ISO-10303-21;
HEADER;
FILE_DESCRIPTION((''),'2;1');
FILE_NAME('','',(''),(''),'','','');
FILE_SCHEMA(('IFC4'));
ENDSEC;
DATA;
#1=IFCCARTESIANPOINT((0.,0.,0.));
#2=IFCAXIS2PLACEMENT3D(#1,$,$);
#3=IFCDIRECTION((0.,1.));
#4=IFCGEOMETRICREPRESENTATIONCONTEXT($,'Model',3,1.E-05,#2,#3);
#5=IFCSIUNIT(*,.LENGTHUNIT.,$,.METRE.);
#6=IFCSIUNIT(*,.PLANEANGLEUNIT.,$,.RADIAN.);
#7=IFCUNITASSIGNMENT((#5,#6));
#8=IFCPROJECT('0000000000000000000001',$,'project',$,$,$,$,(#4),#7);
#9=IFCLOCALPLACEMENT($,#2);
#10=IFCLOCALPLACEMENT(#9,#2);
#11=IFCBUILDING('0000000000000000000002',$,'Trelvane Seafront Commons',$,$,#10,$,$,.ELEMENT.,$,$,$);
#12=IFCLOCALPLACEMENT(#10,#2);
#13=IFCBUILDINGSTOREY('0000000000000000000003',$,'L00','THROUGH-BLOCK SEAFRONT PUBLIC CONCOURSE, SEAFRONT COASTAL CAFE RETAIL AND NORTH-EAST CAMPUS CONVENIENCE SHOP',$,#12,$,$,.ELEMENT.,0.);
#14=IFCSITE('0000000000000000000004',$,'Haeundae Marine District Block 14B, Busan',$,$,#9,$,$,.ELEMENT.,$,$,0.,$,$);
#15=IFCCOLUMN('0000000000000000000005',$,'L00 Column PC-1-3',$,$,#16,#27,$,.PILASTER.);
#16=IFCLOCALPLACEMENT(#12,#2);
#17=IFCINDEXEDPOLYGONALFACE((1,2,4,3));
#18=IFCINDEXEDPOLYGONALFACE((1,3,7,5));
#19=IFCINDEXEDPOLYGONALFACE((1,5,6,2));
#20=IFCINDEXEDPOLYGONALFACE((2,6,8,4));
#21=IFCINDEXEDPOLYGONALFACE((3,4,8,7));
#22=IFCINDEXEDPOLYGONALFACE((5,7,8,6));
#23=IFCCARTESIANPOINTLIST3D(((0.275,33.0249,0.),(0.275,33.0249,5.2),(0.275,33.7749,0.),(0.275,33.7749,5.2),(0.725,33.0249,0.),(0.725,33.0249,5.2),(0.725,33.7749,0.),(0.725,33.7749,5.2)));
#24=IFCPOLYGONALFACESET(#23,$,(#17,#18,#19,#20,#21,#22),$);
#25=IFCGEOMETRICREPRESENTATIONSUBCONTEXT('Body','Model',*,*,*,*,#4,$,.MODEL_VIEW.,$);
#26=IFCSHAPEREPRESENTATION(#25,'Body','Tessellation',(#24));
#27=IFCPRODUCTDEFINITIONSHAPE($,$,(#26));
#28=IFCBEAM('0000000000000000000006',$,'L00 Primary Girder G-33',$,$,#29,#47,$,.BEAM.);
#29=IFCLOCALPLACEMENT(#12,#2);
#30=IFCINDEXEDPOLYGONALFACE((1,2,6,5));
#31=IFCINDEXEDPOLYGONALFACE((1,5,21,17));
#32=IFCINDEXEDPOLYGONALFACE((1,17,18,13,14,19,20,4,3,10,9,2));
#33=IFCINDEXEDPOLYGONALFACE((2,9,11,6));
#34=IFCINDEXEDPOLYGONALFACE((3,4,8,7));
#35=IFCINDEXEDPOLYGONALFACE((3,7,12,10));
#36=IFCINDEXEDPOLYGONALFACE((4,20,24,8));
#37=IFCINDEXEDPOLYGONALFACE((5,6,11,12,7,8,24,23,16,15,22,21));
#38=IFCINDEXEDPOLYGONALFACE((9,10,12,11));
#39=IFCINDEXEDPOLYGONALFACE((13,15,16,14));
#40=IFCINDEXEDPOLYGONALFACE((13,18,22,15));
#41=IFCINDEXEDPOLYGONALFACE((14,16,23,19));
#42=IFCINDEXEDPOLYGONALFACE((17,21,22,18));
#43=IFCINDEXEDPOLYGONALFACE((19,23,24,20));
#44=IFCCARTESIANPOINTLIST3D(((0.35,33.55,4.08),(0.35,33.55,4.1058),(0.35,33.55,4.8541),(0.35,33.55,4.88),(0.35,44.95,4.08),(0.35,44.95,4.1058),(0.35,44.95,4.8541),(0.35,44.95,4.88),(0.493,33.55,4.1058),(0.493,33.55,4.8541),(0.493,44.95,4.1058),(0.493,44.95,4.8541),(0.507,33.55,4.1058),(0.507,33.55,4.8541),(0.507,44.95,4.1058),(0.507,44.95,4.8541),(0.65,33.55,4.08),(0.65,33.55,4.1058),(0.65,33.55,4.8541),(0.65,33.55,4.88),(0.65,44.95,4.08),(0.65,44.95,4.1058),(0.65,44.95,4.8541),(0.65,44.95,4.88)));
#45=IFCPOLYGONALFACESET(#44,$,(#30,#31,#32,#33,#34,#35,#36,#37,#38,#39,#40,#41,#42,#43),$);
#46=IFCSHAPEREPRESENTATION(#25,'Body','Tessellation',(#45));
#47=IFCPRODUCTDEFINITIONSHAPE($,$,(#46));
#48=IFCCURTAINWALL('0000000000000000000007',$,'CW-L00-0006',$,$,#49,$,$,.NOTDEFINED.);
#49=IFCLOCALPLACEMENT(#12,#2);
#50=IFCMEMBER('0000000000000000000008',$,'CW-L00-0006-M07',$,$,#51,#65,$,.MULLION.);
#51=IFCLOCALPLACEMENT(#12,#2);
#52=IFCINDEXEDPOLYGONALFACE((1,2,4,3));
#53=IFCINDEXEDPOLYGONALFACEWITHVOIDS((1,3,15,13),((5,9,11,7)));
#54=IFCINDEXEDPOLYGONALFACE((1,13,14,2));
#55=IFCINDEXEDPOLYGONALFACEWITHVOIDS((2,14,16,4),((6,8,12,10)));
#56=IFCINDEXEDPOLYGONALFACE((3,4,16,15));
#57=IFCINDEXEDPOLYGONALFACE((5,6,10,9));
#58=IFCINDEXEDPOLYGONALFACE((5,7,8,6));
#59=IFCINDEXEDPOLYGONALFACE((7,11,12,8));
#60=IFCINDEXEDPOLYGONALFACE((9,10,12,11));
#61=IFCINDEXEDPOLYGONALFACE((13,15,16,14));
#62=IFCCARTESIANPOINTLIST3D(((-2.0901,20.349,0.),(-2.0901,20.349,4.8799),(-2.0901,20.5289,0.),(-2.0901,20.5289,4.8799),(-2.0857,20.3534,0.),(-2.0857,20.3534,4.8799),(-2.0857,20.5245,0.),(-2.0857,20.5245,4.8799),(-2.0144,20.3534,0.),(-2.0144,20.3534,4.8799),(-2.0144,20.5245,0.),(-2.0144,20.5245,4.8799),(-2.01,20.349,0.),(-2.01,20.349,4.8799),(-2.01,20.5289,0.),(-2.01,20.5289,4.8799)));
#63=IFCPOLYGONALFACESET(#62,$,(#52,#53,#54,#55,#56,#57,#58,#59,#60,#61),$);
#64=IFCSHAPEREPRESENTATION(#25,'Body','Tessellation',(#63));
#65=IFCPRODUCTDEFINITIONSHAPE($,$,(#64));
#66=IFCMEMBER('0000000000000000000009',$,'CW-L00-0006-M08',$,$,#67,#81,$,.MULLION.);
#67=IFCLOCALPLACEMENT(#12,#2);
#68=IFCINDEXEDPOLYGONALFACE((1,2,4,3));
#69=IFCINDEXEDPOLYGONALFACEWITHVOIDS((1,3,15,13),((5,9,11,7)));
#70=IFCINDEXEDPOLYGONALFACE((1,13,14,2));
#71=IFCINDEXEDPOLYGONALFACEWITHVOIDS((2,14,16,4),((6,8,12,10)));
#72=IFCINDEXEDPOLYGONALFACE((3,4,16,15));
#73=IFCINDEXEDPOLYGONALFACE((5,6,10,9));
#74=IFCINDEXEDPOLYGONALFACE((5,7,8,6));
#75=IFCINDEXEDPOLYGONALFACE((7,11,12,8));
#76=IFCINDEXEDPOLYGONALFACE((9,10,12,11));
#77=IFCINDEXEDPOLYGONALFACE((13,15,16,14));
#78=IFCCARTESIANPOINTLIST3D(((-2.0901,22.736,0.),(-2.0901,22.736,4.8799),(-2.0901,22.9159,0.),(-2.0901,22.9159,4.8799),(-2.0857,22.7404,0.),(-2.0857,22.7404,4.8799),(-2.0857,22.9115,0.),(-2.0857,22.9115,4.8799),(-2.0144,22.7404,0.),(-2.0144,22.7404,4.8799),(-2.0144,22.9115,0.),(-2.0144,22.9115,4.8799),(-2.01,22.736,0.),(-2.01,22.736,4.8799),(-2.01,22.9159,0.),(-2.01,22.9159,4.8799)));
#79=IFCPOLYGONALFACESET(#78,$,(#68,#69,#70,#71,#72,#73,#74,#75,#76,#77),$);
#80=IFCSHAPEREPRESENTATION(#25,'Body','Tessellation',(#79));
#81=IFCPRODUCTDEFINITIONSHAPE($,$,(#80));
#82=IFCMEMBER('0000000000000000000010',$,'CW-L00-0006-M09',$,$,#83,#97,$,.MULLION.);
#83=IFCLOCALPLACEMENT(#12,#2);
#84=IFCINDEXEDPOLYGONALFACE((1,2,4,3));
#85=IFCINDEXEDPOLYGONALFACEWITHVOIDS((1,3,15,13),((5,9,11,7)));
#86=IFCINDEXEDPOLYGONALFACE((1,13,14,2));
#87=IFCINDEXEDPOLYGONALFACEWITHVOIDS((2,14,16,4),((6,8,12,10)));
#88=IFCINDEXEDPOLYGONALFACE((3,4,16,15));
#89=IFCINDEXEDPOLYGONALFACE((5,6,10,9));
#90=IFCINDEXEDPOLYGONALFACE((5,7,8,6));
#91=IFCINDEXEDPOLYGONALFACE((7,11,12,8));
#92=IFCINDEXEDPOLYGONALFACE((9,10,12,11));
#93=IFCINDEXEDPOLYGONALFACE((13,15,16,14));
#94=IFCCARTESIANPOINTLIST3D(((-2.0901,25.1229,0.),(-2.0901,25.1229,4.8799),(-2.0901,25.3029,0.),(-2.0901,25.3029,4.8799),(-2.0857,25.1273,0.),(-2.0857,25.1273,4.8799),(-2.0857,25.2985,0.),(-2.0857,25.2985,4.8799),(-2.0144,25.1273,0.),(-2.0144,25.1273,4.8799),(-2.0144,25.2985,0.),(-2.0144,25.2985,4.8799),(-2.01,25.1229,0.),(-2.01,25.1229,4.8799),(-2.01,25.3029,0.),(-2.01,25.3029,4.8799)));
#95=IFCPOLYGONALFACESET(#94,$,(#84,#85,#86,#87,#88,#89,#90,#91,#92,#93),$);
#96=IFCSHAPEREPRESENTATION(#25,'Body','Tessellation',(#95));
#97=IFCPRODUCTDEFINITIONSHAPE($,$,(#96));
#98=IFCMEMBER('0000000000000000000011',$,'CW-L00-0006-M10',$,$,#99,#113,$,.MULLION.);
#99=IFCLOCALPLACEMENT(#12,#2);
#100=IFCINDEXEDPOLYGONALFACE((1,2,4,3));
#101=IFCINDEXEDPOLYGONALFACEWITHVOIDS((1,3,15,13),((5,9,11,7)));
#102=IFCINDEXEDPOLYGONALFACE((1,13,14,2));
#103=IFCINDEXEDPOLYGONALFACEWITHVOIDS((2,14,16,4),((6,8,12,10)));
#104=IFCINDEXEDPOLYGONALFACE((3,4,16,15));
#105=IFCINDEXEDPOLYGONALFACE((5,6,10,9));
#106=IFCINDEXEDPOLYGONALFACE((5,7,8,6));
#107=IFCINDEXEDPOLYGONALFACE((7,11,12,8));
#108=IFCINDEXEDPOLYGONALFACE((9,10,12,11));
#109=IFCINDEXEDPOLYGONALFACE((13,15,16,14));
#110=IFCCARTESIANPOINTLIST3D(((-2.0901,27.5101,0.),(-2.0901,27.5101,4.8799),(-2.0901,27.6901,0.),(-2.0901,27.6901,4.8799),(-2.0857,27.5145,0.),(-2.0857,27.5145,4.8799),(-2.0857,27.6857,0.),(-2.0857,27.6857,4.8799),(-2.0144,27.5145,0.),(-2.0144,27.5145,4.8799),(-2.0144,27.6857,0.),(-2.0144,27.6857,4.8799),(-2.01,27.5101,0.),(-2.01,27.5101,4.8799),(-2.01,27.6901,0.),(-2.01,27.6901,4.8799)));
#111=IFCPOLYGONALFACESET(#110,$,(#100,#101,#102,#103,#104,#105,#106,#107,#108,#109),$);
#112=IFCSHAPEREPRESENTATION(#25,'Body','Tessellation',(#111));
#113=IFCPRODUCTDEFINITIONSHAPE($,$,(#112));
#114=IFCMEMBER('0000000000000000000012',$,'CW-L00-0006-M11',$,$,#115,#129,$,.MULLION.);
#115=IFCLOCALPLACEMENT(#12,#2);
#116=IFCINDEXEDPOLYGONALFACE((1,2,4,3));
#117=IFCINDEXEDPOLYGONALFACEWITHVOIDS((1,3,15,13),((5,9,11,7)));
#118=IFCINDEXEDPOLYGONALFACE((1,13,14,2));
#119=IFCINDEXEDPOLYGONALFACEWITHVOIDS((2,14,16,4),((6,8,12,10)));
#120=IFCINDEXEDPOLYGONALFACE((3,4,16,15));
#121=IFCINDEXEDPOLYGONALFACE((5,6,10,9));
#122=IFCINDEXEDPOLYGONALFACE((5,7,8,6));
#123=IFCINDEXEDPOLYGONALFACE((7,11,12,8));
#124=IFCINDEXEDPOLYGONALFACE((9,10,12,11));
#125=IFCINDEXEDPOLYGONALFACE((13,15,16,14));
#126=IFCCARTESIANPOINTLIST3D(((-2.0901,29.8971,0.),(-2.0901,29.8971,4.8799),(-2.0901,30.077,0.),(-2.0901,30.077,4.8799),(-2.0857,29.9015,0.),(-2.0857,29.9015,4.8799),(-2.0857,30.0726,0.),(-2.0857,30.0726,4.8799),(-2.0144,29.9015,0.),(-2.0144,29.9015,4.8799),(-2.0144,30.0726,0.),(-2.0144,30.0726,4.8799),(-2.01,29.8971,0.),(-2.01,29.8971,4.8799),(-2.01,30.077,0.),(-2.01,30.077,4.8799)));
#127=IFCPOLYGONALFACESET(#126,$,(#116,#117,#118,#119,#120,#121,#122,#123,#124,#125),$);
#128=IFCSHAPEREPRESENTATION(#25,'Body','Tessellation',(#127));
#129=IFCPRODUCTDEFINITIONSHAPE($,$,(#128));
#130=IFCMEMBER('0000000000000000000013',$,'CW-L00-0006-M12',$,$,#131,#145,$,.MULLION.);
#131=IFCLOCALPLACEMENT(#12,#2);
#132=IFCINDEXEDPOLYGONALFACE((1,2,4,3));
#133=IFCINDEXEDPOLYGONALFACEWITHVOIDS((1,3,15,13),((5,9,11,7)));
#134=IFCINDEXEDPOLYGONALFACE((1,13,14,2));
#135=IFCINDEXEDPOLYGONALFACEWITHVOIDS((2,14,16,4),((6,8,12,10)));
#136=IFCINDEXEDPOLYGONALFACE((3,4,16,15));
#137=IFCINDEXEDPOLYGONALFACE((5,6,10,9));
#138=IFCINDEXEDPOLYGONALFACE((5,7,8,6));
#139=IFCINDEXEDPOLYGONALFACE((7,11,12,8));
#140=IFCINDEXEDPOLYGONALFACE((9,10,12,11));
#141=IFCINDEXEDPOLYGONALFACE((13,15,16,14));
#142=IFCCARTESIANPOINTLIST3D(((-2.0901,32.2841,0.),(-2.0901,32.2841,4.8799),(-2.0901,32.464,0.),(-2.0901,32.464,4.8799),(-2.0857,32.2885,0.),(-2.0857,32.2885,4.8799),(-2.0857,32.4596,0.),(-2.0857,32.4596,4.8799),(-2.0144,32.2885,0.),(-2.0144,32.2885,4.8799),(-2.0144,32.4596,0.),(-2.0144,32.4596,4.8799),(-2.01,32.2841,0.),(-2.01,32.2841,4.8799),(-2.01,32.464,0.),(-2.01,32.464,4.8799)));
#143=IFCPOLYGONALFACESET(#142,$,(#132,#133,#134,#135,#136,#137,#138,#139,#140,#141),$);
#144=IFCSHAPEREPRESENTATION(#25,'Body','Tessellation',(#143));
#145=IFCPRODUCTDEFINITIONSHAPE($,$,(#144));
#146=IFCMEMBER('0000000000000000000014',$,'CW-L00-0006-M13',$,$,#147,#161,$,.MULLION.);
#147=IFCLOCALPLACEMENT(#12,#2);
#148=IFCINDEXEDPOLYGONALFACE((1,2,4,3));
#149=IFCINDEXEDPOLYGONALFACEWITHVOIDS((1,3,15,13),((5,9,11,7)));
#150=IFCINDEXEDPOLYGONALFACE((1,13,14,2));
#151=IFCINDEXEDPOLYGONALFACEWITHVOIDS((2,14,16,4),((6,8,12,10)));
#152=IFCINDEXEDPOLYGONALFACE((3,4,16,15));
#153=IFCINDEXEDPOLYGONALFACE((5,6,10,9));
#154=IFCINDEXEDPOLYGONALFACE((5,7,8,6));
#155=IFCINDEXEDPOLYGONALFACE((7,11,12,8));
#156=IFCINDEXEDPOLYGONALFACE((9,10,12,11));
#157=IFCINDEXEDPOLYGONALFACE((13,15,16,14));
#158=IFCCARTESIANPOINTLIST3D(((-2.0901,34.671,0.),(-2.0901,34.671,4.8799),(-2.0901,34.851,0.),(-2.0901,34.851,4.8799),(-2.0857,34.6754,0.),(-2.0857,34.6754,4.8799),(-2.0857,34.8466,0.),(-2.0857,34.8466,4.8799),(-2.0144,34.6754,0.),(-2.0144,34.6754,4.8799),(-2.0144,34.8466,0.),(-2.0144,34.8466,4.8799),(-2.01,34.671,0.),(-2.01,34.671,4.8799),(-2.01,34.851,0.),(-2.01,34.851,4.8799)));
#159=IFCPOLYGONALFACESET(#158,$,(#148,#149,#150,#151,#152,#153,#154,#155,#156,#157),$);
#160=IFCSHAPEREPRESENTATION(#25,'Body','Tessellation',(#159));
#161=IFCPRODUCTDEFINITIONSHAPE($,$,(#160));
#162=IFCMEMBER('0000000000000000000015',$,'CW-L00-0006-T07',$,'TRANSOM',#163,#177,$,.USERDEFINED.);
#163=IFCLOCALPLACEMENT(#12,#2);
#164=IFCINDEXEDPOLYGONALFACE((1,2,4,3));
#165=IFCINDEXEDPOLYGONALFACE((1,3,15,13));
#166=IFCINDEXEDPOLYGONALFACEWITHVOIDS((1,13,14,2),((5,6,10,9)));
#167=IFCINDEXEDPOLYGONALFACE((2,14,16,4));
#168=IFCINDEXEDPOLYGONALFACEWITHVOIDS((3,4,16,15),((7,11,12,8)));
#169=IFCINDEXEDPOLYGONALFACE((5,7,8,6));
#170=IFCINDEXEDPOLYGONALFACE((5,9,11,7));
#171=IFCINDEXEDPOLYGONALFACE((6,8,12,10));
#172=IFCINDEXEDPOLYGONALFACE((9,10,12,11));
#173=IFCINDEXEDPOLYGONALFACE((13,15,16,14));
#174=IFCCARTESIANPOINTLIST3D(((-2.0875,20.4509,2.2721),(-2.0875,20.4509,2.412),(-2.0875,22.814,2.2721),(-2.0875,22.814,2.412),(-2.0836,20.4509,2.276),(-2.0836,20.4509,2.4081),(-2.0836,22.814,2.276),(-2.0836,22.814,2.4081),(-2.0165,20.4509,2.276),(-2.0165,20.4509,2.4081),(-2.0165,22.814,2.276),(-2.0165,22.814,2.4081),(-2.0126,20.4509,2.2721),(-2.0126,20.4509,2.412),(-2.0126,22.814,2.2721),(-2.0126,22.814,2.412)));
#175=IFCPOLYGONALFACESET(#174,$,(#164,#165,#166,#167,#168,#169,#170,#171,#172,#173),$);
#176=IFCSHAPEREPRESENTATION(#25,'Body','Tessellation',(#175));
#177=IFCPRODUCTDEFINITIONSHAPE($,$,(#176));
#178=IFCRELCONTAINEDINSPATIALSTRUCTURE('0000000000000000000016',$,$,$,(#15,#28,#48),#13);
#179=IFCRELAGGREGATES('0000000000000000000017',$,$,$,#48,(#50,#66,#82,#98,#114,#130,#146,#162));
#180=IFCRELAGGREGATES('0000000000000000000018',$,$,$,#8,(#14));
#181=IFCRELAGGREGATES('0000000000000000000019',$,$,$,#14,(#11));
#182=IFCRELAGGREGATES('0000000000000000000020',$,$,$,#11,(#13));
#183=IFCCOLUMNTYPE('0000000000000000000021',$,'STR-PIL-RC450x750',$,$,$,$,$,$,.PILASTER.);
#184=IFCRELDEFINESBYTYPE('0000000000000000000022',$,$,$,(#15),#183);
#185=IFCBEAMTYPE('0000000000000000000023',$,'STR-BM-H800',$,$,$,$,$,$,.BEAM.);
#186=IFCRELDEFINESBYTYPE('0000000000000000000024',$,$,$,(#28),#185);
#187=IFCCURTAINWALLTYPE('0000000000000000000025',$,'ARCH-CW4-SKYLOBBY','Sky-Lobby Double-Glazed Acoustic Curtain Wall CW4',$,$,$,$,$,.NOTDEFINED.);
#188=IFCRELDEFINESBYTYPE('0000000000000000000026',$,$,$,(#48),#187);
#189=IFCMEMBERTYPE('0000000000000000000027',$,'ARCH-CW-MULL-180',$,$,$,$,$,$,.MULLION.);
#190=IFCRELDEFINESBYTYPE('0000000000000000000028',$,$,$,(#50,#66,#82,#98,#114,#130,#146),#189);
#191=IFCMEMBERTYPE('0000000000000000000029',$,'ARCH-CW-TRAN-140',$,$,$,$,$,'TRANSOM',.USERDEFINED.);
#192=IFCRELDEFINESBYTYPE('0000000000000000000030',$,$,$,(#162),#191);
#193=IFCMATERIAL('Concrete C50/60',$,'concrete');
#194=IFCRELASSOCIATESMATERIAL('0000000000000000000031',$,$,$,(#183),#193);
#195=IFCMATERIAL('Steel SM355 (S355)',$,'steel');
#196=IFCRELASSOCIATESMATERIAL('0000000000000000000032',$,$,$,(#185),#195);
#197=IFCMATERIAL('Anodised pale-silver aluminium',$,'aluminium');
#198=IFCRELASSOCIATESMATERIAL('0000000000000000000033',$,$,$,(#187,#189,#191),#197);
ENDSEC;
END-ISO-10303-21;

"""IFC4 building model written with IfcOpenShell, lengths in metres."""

from ifc_helpers import new_model, si_unit, direction, frame, origin, origin_2d, place, context, subcontext, project, spatial, rectangle, hollow_rectangle, i_section, extrude, source, transform, mapped, material, material_profile, profile_set, type_object, element, aggregate, save


model = new_model("IFC4")

# Units and contexts
model_context = context("Model", 3, precision=1e-05, world=origin(), true_north=direction((0.0, 1.0)))
body_context = subcontext(model_context, "Body", "Model", "MODEL_VIEW")
ifc_project = project(units=[si_unit("LENGTHUNIT", "METRE"), si_unit("PLANEANGLEUNIT", "RADIAN")], contexts=[model_context])

# Site, building, storey
site_placement = place(None, origin())
site = spatial("IfcSite", under=ifc_project, at=site_placement, Name="Haeundae Marine District Block 14B, Busan", CompositionType="ELEMENT", RefElevation=0.0)
building_placement = place(site_placement, origin())
building = spatial("IfcBuilding", under=site, at=building_placement, Name="Trelvane Seafront Commons", CompositionType="ELEMENT")
storey_placement = place(building_placement, origin())
storey = spatial("IfcBuildingStorey", under=building, at=storey_placement, Name="L00", Description="THROUGH-BLOCK SEAFRONT PUBLIC CONCOURSE, SEAFRONT COASTAL CAFE RETAIL AND NORTH-EAST CAMPUS CONVENIENCE SHOP", CompositionType="ELEMENT", Elevation=0.0)

# Column
ifc_material_1 = material(Name="Concrete C50/60", Category="concrete")
ifc_material_profile_1 = material_profile(ifc_material_1, rectangle(XDim=0.45, YDim=0.75, at=origin_2d()), Name="RC-450x750")
ifc_profile_set_1 = profile_set([ifc_material_profile_1], Name="Concrete C50/60")
column_type = type_object("IfcColumnType", Name="STR-PIL-RC450x750", PredefinedType="PILASTER", material=ifc_profile_set_1)
shared_shape_1 = source(origin(), body_context, "Body", "SweptSolid", [
    extrude(rectangle(XDim=0.45, YDim=0.75, at=origin_2d()), origin(), (0.0, 0.0, 1.0), 5.2),
])
column_placement = place(storey_placement, frame((0.5, 33.3999, 0.0), z_axis=(0.0, 0.0, 1.0), x_axis=(1.0, 0.0, 0.0)))
element("IfcColumn", 1, at=column_placement, inside=storey, type_object=column_type, Name="L00 Column PC-1-3", PredefinedType="PILASTER", context=body_context, shape_type="MappedRepresentation", body=[
    mapped(shared_shape_1, transform((0.0, 0.0, 0.0), x_axis=(1.0, 0.0, 0.0), y_axis=(0.0, 1.0, 0.0), z_axis=(0.0, 0.0, 1.0), scale=1.0)),
])

# Beam
ifc_material_2 = material(Name="Steel SM355 (S355)", Category="steel")
ifc_material_profile_2 = material_profile(ifc_material_2, i_section(OverallWidth=0.3, OverallDepth=0.8, WebThickness=0.0139, FlangeThickness=0.0259, at=origin_2d()), Name="H-800x300x14x26")
ifc_profile_set_2 = profile_set([ifc_material_profile_2], Name="Steel SM355 (S355)")
beam_type = type_object("IfcBeamType", Name="STR-BM-H800", PredefinedType="BEAM", material=ifc_profile_set_2)
shared_shape_2 = source(origin(), body_context, "Body", "SweptSolid", [
    extrude(i_section(OverallWidth=0.3, OverallDepth=0.8, WebThickness=0.0139, FlangeThickness=0.0259, at=origin_2d()), origin(), (0.0, 0.0, 1.0), 11.3999),
])
beam_placement = place(storey_placement, frame((0.5, 33.55, 4.48), z_axis=(0.0, 1.0, 0.0), x_axis=(-1.0, 0.0, 0.0)))
element("IfcBeam", 2, at=beam_placement, inside=storey, type_object=beam_type, Name="L00 Primary Girder G-33", PredefinedType="BEAM", context=body_context, shape_type="MappedRepresentation", body=[
    mapped(shared_shape_2, transform((0.0, 0.0, 0.0), x_axis=(1.0, 0.0, 0.0), y_axis=(0.0, 1.0, 0.0), z_axis=(0.0, 0.0, 1.0), scale=1.0)),
])

# Curtain wall, members
ifc_material_3 = material(Name="Anodised pale-silver aluminium", Category="aluminium")
curtain_wall_type = type_object("IfcCurtainWallType", Name="ARCH-CW4-SKYLOBBY", Description="Sky-Lobby Double-Glazed Acoustic Curtain Wall CW4", PredefinedType="NOTDEFINED", material=ifc_material_3)
curtain_wall_placement = place(storey_placement, origin())
curtain_wall = element("IfcCurtainWall", 3, at=curtain_wall_placement, inside=storey, type_object=curtain_wall_type, Name="CW-L00-0006", PredefinedType="NOTDEFINED")
ifc_material_profile_3 = material_profile(ifc_material_3, hollow_rectangle(XDim=0.0801, YDim=0.1799, WallThickness=0.0044, at=origin_2d()), Name="MULL-80x180x4.5")
ifc_profile_set_3 = profile_set([ifc_material_profile_3], Name="Anodised pale-silver aluminium")
member_type_1 = type_object("IfcMemberType", Name="ARCH-CW-MULL-180", PredefinedType="MULLION", material=ifc_profile_set_3)
shared_shape_3 = source(origin(), body_context, "Body", "SweptSolid", [
    extrude(hollow_rectangle(XDim=0.0801, YDim=0.1799, WallThickness=0.0044, at=origin_2d()), origin(), (0.0, 0.0, 1.0), 4.8799),
])
member_1_placement = place(storey_placement, frame((-2.05, 20.439, 0.0), z_axis=(0.0, 0.0, 1.0), x_axis=(1.0, 0.0, 0.0)))
member_1 = element("IfcMember", 4, at=member_1_placement, type_object=member_type_1, Name="CW-L00-0006-M07", PredefinedType="MULLION", context=body_context, shape_type="MappedRepresentation", body=[
    mapped(shared_shape_3, transform((0.0, 0.0, 0.0), x_axis=(1.0, 0.0, 0.0), y_axis=(0.0, 1.0, 0.0), z_axis=(0.0, 0.0, 1.0), scale=1.0)),
])
member_2_placement = place(storey_placement, frame((-2.05, 22.8259, 0.0), z_axis=(0.0, 0.0, 1.0), x_axis=(1.0, 0.0, 0.0)))
member_2 = element("IfcMember", 5, at=member_2_placement, type_object=member_type_1, Name="CW-L00-0006-M08", PredefinedType="MULLION", context=body_context, shape_type="MappedRepresentation", body=[
    mapped(shared_shape_3, transform((0.0, 0.0, 0.0), x_axis=(1.0, 0.0, 0.0), y_axis=(0.0, 1.0, 0.0), z_axis=(0.0, 0.0, 1.0), scale=1.0)),
])
member_3_placement = place(storey_placement, frame((-2.05, 25.2129, 0.0), z_axis=(0.0, 0.0, 1.0), x_axis=(1.0, 0.0, 0.0)))
member_3 = element("IfcMember", 6, at=member_3_placement, type_object=member_type_1, Name="CW-L00-0006-M09", PredefinedType="MULLION", context=body_context, shape_type="MappedRepresentation", body=[
    mapped(shared_shape_3, transform((0.0, 0.0, 0.0), x_axis=(1.0, 0.0, 0.0), y_axis=(0.0, 1.0, 0.0), z_axis=(0.0, 0.0, 1.0), scale=1.0)),
])
member_4_placement = place(storey_placement, frame((-2.05, 27.6001, 0.0), z_axis=(0.0, 0.0, 1.0), x_axis=(1.0, 0.0, 0.0)))
member_4 = element("IfcMember", 7, at=member_4_placement, type_object=member_type_1, Name="CW-L00-0006-M10", PredefinedType="MULLION", context=body_context, shape_type="MappedRepresentation", body=[
    mapped(shared_shape_3, transform((0.0, 0.0, 0.0), x_axis=(1.0, 0.0, 0.0), y_axis=(0.0, 1.0, 0.0), z_axis=(0.0, 0.0, 1.0), scale=1.0)),
])
member_5_placement = place(storey_placement, frame((-2.05, 29.9871, 0.0), z_axis=(0.0, 0.0, 1.0), x_axis=(1.0, 0.0, 0.0)))
member_5 = element("IfcMember", 8, at=member_5_placement, type_object=member_type_1, Name="CW-L00-0006-M11", PredefinedType="MULLION", context=body_context, shape_type="MappedRepresentation", body=[
    mapped(shared_shape_3, transform((0.0, 0.0, 0.0), x_axis=(1.0, 0.0, 0.0), y_axis=(0.0, 1.0, 0.0), z_axis=(0.0, 0.0, 1.0), scale=1.0)),
])
member_6_placement = place(storey_placement, frame((-2.05, 32.374, 0.0), z_axis=(0.0, 0.0, 1.0), x_axis=(1.0, 0.0, 0.0)))
member_6 = element("IfcMember", 9, at=member_6_placement, type_object=member_type_1, Name="CW-L00-0006-M12", PredefinedType="MULLION", context=body_context, shape_type="MappedRepresentation", body=[
    mapped(shared_shape_3, transform((0.0, 0.0, 0.0), x_axis=(1.0, 0.0, 0.0), y_axis=(0.0, 1.0, 0.0), z_axis=(0.0, 0.0, 1.0), scale=1.0)),
])
member_7_placement = place(storey_placement, frame((-2.05, 34.761, 0.0), z_axis=(0.0, 0.0, 1.0), x_axis=(1.0, 0.0, 0.0)))
member_7 = element("IfcMember", 10, at=member_7_placement, type_object=member_type_1, Name="CW-L00-0006-M13", PredefinedType="MULLION", context=body_context, shape_type="MappedRepresentation", body=[
    mapped(shared_shape_3, transform((0.0, 0.0, 0.0), x_axis=(1.0, 0.0, 0.0), y_axis=(0.0, 1.0, 0.0), z_axis=(0.0, 0.0, 1.0), scale=1.0)),
])
ifc_material_profile_4 = material_profile(ifc_material_3, hollow_rectangle(XDim=0.075, YDim=0.1399, WallThickness=0.0039, at=origin_2d()), Name="TRAN-75x140x4")
ifc_profile_set_4 = profile_set([ifc_material_profile_4], Name="Anodised pale-silver aluminium")
member_type_2 = type_object("IfcMemberType", Name="ARCH-CW-TRAN-140", ElementType="TRANSOM", PredefinedType="USERDEFINED", material=ifc_profile_set_4)
shared_shape_4 = source(origin(), body_context, "Body", "SweptSolid", [
    extrude(hollow_rectangle(XDim=0.075, YDim=0.1399, WallThickness=0.0039, at=origin_2d()), origin(), (0.0, 0.0, 1.0), 2.363),
])
member_8_placement = place(storey_placement, frame((-2.05, 20.4509, 2.342), z_axis=(0.0, 1.0, 0.0), x_axis=(-1.0, 0.0, 0.0)))
member_8 = element("IfcMember", 11, at=member_8_placement, type_object=member_type_2, Name="CW-L00-0006-T07", ObjectType="TRANSOM", PredefinedType="USERDEFINED", context=body_context, shape_type="MappedRepresentation", body=[
    mapped(shared_shape_4, transform((0.0, 0.0, 0.0), x_axis=(1.0, 0.0, 0.0), y_axis=(0.0, 1.0, 0.0), z_axis=(0.0, 0.0, 1.0), scale=1.0)),
])
aggregate(curtain_wall, [member_1, member_2, member_3, member_4, member_5, member_6, member_7, member_8])

save(model, "model.ifc")
